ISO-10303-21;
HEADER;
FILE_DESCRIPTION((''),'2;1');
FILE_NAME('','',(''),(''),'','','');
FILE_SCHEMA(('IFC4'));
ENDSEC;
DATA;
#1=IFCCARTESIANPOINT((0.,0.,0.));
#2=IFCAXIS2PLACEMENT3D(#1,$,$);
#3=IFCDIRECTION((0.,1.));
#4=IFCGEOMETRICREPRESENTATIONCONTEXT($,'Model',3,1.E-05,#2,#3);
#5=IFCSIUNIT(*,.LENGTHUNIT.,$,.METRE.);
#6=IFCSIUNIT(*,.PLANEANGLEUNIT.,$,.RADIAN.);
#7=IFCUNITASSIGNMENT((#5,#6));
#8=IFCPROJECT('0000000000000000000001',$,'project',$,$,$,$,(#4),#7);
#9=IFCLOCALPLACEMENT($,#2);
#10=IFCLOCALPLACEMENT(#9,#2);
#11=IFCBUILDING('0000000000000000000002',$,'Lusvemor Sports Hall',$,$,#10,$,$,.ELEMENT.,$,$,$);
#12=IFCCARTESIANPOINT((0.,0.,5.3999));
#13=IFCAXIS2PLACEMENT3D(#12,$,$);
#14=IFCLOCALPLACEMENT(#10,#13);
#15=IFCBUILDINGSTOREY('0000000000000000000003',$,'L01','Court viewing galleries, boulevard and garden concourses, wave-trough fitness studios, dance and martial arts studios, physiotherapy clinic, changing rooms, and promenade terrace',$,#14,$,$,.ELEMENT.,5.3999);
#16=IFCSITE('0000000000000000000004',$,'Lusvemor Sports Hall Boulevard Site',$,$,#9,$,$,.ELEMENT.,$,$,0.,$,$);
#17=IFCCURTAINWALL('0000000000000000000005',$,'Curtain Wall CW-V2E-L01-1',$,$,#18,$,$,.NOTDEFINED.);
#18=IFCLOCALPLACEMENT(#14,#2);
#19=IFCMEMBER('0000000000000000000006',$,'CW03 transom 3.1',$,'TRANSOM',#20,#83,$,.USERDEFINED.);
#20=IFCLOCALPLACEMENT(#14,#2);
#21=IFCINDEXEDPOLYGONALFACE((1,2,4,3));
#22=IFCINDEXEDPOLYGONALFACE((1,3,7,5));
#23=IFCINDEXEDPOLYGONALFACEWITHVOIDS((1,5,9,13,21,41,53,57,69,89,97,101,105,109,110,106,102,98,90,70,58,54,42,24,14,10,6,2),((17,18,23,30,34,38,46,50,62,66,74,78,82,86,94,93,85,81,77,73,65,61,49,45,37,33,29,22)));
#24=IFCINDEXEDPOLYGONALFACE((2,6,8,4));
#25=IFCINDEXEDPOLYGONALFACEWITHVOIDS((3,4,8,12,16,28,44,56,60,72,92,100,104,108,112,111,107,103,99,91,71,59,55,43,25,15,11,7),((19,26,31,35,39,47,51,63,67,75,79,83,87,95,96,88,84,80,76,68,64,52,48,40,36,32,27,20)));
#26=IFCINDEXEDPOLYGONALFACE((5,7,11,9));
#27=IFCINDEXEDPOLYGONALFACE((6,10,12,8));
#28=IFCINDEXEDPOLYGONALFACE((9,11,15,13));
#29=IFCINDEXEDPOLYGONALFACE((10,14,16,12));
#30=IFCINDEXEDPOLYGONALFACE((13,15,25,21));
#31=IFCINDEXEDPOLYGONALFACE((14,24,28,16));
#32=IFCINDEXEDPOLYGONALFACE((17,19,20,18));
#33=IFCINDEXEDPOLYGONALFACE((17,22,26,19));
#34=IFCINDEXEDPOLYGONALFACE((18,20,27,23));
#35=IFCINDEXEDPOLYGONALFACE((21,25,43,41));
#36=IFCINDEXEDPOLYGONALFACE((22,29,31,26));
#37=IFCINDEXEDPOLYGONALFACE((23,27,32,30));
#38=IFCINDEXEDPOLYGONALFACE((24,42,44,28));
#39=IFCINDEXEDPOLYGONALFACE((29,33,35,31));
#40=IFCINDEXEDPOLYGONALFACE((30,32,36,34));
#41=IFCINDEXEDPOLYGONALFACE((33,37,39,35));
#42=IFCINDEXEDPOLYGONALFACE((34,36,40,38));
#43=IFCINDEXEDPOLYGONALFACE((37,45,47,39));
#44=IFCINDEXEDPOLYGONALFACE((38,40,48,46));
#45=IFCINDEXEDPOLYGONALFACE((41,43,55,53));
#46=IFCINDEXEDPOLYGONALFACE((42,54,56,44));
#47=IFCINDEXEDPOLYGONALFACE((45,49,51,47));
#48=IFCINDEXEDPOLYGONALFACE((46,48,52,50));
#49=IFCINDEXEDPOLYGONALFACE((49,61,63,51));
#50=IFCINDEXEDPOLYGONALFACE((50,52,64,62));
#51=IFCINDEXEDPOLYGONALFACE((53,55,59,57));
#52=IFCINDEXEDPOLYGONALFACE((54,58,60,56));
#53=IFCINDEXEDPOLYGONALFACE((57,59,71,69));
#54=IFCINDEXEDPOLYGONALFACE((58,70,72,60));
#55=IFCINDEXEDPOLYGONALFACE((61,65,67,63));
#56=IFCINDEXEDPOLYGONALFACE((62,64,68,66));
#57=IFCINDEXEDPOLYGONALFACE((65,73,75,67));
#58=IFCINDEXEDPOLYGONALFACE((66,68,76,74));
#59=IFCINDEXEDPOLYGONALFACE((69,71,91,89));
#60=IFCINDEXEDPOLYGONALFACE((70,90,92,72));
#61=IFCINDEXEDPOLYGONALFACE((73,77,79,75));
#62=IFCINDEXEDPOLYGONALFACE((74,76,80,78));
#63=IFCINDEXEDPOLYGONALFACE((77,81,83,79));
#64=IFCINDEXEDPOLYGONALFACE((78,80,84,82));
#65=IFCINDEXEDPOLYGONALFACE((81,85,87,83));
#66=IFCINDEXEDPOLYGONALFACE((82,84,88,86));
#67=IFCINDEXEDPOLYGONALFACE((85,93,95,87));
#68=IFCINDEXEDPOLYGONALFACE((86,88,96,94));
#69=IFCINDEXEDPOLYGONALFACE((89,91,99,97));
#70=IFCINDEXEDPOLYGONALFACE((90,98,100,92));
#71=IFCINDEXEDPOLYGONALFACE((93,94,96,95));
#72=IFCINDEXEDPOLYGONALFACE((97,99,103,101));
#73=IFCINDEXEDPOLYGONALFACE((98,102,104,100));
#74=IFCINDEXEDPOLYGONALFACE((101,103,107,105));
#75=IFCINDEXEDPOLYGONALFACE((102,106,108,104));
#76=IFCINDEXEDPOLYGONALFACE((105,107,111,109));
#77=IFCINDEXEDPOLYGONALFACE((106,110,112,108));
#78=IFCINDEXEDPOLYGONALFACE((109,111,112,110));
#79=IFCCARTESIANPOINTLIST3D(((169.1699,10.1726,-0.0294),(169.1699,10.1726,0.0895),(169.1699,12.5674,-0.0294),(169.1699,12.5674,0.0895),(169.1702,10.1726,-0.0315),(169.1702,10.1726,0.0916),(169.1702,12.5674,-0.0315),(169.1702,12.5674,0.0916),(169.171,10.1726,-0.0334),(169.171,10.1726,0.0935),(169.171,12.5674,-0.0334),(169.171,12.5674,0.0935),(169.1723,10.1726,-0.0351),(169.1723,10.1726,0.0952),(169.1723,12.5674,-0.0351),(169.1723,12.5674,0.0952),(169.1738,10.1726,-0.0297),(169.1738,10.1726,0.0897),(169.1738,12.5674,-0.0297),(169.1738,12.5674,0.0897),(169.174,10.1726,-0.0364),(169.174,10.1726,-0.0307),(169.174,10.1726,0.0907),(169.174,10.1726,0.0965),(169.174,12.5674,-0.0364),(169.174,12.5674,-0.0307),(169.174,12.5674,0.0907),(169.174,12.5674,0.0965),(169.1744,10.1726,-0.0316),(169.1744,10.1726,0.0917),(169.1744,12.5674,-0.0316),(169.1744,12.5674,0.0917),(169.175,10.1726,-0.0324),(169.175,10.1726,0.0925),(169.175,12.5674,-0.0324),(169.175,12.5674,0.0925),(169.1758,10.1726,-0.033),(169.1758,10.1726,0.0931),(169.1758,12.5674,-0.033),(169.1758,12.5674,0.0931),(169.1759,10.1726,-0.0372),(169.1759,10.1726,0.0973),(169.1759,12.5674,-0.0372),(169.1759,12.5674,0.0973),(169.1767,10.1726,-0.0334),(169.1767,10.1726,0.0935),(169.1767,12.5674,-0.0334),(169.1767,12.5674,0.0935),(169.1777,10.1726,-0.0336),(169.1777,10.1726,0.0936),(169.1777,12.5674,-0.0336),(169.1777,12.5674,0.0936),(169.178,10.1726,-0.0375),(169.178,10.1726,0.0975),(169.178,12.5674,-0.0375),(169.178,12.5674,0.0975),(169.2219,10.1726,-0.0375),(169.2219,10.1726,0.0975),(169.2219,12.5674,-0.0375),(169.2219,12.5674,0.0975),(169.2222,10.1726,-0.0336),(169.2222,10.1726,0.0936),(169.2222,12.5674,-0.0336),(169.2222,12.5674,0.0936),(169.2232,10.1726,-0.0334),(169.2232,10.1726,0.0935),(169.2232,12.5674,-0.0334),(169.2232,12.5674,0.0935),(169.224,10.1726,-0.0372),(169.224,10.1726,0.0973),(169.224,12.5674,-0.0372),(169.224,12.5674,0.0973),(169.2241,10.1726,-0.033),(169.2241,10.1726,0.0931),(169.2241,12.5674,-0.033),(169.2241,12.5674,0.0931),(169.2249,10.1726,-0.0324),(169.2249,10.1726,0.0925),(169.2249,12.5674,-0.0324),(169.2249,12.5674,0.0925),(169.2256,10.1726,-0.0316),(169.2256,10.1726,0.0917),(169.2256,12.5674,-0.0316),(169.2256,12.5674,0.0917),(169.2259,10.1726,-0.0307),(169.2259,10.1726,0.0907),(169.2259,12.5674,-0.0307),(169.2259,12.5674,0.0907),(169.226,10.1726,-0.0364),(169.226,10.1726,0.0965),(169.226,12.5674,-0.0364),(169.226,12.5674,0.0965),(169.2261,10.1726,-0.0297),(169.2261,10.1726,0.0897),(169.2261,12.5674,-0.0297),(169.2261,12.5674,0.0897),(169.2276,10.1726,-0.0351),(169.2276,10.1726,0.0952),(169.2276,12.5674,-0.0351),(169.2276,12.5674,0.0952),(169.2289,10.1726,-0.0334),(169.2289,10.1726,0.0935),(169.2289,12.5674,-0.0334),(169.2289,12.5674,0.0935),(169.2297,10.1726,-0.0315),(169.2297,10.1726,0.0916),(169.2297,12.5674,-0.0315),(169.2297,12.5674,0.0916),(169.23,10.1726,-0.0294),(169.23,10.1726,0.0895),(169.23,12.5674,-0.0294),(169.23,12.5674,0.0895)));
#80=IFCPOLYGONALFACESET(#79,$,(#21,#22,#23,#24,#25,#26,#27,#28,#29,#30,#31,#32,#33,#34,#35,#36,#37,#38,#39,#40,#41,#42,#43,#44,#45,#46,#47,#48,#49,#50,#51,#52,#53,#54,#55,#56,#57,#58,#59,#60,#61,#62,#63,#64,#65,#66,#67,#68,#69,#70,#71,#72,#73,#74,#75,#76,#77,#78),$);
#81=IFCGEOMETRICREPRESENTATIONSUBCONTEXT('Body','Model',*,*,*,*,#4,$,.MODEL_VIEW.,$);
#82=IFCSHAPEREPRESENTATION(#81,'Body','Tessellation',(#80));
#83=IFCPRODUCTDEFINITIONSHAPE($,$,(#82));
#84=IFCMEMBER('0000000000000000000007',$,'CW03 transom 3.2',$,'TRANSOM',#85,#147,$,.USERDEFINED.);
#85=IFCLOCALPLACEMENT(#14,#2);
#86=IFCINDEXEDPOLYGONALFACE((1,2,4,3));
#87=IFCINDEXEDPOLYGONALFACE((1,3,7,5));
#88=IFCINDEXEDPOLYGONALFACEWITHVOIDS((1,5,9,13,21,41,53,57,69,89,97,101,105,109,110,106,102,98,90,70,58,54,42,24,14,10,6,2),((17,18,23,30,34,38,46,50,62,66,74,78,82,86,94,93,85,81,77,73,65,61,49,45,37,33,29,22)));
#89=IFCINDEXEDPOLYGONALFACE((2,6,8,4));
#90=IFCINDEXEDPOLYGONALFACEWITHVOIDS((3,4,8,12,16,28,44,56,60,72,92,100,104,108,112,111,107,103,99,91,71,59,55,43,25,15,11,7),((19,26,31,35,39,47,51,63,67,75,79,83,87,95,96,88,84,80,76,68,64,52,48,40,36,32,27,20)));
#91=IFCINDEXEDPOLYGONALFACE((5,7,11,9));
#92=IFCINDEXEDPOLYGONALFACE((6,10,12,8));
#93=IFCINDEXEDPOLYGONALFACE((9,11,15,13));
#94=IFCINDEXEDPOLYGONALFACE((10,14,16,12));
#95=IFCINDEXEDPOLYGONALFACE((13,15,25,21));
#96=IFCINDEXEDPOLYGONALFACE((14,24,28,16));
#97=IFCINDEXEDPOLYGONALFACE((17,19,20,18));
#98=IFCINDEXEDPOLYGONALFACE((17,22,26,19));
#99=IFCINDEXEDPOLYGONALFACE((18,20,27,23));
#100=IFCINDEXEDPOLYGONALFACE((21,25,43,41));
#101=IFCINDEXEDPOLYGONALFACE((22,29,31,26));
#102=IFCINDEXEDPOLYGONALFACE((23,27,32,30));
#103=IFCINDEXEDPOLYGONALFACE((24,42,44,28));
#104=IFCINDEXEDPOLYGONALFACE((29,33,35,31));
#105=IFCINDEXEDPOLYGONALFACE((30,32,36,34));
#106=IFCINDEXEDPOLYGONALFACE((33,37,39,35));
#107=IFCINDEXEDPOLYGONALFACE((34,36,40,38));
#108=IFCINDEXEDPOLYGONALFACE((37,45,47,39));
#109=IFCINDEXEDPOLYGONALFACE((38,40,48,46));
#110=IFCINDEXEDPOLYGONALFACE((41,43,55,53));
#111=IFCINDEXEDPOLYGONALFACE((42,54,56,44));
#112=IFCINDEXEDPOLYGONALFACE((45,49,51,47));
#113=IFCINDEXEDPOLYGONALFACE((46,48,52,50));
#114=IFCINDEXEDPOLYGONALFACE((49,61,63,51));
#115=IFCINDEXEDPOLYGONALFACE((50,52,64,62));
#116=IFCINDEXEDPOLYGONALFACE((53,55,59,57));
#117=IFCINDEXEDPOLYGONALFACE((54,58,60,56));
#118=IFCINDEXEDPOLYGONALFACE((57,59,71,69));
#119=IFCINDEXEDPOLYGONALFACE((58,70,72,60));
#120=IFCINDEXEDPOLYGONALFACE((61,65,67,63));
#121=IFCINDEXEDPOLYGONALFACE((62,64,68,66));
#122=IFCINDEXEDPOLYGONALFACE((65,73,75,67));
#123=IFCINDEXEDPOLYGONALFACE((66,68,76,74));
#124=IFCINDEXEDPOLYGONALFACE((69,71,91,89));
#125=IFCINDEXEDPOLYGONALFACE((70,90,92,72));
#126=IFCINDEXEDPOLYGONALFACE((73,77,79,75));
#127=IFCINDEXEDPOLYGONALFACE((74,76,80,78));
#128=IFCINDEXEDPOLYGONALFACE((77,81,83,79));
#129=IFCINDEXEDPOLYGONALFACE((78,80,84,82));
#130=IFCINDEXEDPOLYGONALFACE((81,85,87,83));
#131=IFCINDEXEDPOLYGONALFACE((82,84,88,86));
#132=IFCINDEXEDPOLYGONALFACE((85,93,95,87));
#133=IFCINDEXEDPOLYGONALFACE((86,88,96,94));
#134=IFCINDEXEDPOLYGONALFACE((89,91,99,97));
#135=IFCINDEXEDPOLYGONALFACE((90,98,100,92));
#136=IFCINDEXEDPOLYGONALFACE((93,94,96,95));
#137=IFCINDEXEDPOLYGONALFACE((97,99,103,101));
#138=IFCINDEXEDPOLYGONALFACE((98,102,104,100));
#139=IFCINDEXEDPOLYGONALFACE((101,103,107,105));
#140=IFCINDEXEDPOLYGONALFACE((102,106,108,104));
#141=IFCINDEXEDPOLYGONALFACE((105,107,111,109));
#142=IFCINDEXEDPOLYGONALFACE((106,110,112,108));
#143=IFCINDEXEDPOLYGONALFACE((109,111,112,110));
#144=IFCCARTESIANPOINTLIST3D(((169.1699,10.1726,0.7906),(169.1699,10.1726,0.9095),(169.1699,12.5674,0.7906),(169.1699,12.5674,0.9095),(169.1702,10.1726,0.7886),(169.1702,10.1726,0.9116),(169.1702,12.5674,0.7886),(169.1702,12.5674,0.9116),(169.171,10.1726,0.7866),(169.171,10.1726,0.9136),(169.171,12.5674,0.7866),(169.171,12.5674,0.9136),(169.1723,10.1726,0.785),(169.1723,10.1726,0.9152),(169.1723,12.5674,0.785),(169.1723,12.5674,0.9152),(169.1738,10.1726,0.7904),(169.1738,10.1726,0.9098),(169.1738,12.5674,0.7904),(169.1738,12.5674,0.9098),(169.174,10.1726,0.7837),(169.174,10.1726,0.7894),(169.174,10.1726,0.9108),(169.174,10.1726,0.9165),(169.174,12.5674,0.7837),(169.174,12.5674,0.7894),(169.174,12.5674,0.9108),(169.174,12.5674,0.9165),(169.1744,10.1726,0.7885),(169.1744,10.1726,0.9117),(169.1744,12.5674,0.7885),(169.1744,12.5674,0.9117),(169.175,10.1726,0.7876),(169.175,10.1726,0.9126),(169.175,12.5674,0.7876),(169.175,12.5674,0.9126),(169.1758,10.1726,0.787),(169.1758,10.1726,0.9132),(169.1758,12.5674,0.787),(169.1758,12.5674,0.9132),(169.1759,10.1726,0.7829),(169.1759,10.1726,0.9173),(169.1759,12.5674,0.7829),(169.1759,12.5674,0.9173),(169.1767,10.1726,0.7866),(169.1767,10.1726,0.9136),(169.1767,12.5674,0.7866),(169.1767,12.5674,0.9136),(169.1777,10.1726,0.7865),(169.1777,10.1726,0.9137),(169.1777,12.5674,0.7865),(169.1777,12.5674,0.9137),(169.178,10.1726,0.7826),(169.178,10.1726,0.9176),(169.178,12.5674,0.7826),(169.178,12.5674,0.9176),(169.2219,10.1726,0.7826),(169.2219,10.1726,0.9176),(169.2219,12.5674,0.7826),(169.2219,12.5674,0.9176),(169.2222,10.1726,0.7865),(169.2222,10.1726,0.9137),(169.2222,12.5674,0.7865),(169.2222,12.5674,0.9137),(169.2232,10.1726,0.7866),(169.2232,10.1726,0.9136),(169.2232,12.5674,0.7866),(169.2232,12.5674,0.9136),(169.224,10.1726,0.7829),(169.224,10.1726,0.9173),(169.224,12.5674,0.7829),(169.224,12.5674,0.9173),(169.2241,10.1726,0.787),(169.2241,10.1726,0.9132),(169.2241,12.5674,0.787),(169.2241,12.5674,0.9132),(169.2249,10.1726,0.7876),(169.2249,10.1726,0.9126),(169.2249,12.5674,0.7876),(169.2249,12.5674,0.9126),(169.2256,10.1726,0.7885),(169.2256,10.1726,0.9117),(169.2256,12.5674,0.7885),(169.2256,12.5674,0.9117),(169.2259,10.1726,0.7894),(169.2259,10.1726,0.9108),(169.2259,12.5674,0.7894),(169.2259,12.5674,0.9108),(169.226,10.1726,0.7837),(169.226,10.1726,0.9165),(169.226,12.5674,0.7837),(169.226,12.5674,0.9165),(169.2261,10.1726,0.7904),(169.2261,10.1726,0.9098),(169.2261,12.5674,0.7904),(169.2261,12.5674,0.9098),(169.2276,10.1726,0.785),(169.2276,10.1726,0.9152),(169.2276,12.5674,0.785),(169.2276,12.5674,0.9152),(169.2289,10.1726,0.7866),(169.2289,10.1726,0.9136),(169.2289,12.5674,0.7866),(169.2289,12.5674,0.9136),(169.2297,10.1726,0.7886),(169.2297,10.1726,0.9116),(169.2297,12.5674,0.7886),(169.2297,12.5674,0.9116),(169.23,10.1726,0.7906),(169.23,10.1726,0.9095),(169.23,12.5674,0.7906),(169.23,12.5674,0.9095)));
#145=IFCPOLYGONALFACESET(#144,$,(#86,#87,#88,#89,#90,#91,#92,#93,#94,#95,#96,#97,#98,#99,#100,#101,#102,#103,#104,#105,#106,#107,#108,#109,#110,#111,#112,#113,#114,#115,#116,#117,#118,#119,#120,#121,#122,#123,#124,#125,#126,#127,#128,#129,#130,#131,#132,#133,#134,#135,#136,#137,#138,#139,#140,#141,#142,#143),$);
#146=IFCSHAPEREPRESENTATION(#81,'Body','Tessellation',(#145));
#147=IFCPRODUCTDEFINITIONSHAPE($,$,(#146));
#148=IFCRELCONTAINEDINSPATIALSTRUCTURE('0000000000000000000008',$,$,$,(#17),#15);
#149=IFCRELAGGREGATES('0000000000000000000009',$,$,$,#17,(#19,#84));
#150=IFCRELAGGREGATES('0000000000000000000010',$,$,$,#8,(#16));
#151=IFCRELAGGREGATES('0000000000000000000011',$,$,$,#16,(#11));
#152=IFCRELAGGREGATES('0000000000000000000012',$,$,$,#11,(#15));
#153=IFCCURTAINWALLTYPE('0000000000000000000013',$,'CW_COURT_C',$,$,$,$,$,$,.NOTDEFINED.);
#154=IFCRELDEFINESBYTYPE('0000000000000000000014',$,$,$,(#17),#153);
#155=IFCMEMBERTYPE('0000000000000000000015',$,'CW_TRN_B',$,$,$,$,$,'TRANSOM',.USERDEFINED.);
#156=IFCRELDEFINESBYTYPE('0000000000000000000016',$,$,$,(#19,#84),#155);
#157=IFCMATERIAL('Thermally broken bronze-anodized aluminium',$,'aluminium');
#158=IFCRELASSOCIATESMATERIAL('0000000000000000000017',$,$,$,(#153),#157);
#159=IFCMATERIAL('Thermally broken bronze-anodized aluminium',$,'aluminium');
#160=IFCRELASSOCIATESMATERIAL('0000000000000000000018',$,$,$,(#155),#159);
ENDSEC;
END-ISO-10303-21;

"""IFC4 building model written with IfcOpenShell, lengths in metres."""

from ifc_helpers import new_model, si_unit, direction, frame, origin, origin_2d, place, context, subcontext, project, spatial, hollow_rectangle, extrude, material, material_profile, profile_set, type_object, element, aggregate, save


model = new_model("IFC4")

# Units and contexts
model_context = context("Model", 3, precision=1e-05, world=origin(), true_north=direction((0.0, 1.0)))
body_context = subcontext(model_context, "Body", "Model", "MODEL_VIEW")
ifc_project = project(units=[si_unit("LENGTHUNIT", "METRE"), si_unit("PLANEANGLEUNIT", "RADIAN")], contexts=[model_context])

# Site, building, storey
site_placement = place(None, origin())
site = spatial("IfcSite", under=ifc_project, at=site_placement, Name="Lusvemor Sports Hall Boulevard Site", CompositionType="ELEMENT", RefElevation=0.0)
building_placement = place(site_placement, origin())
building = spatial("IfcBuilding", under=site, at=building_placement, Name="Lusvemor Sports Hall", CompositionType="ELEMENT")
storey_placement = place(building_placement, frame((0.0, 0.0, 5.3999)))
storey = spatial("IfcBuildingStorey", under=building, at=storey_placement, Name="L01", Description="Court viewing galleries, boulevard and garden concourses, wave-trough fitness studios, dance and martial arts studios, physiotherapy clinic, changing rooms, and promenade terrace", CompositionType="ELEMENT", Elevation=5.3999)

# Curtain wall, members
ifc_material_1 = material(Name="Thermally broken bronze-anodized aluminium", Category="aluminium")
curtain_wall_type = type_object("IfcCurtainWallType", Name="CW_COURT_C", PredefinedType="NOTDEFINED", material=ifc_material_1)
curtain_wall_placement = place(storey_placement, origin())
curtain_wall = element("IfcCurtainWall", 1, at=curtain_wall_placement, inside=storey, type_object=curtain_wall_type, Name="Curtain Wall CW-V2E-L01-1", PredefinedType="NOTDEFINED")
ifc_material_2 = material(Name="Thermally broken bronze-anodized aluminium", Category="aluminium")
ifc_material_profile_1 = material_profile(ifc_material_2, hollow_rectangle(XDim=0.0601, YDim=0.135, WallThickness=0.0039, InnerFilletRadius=0.0039, OuterFilletRadius=0.0081, at=origin_2d()), Name="CWTRN135x60x4")
ifc_profile_set_1 = profile_set([ifc_material_profile_1], Name="Thermally broken bronze-anodized aluminium")
member_type_1 = type_object("IfcMemberType", Name="CW_TRN_B", ElementType="TRANSOM", PredefinedType="USERDEFINED", material=ifc_profile_set_1)
member_1_placement = place(storey_placement, frame((169.2, 12.5674, 0.03), z_axis=(0.0, -1.0, 0.0), x_axis=(1.0, 0.0, 0.0)))
member_1 = element("IfcMember", 2, at=member_1_placement, type_object=member_type_1, Name="CW03 transom 3.1", ObjectType="TRANSOM", PredefinedType="USERDEFINED", context=body_context, shape_type="SweptSolid", body=[
    extrude(hollow_rectangle(XDim=0.0601, YDim=0.135, WallThickness=0.0039, InnerFilletRadius=0.0039, OuterFilletRadius=0.0081, at=origin_2d()), origin(), (0.0, 0.0, 1.0), 2.3948),
])
member_2_placement = place(storey_placement, frame((169.2, 12.5674, 0.8501), z_axis=(0.0, -1.0, 0.0), x_axis=(1.0, 0.0, 0.0)))
member_2 = element("IfcMember", 3, at=member_2_placement, type_object=member_type_1, Name="CW03 transom 3.2", ObjectType="TRANSOM", PredefinedType="USERDEFINED", context=body_context, shape_type="SweptSolid", body=[
    extrude(hollow_rectangle(XDim=0.0601, YDim=0.135, WallThickness=0.0039, InnerFilletRadius=0.0039, OuterFilletRadius=0.0081, at=origin_2d()), origin(), (0.0, 0.0, 1.0), 2.3948),
])

aggregate(curtain_wall, [member_1, member_2])

save(model, "model.ifc")
